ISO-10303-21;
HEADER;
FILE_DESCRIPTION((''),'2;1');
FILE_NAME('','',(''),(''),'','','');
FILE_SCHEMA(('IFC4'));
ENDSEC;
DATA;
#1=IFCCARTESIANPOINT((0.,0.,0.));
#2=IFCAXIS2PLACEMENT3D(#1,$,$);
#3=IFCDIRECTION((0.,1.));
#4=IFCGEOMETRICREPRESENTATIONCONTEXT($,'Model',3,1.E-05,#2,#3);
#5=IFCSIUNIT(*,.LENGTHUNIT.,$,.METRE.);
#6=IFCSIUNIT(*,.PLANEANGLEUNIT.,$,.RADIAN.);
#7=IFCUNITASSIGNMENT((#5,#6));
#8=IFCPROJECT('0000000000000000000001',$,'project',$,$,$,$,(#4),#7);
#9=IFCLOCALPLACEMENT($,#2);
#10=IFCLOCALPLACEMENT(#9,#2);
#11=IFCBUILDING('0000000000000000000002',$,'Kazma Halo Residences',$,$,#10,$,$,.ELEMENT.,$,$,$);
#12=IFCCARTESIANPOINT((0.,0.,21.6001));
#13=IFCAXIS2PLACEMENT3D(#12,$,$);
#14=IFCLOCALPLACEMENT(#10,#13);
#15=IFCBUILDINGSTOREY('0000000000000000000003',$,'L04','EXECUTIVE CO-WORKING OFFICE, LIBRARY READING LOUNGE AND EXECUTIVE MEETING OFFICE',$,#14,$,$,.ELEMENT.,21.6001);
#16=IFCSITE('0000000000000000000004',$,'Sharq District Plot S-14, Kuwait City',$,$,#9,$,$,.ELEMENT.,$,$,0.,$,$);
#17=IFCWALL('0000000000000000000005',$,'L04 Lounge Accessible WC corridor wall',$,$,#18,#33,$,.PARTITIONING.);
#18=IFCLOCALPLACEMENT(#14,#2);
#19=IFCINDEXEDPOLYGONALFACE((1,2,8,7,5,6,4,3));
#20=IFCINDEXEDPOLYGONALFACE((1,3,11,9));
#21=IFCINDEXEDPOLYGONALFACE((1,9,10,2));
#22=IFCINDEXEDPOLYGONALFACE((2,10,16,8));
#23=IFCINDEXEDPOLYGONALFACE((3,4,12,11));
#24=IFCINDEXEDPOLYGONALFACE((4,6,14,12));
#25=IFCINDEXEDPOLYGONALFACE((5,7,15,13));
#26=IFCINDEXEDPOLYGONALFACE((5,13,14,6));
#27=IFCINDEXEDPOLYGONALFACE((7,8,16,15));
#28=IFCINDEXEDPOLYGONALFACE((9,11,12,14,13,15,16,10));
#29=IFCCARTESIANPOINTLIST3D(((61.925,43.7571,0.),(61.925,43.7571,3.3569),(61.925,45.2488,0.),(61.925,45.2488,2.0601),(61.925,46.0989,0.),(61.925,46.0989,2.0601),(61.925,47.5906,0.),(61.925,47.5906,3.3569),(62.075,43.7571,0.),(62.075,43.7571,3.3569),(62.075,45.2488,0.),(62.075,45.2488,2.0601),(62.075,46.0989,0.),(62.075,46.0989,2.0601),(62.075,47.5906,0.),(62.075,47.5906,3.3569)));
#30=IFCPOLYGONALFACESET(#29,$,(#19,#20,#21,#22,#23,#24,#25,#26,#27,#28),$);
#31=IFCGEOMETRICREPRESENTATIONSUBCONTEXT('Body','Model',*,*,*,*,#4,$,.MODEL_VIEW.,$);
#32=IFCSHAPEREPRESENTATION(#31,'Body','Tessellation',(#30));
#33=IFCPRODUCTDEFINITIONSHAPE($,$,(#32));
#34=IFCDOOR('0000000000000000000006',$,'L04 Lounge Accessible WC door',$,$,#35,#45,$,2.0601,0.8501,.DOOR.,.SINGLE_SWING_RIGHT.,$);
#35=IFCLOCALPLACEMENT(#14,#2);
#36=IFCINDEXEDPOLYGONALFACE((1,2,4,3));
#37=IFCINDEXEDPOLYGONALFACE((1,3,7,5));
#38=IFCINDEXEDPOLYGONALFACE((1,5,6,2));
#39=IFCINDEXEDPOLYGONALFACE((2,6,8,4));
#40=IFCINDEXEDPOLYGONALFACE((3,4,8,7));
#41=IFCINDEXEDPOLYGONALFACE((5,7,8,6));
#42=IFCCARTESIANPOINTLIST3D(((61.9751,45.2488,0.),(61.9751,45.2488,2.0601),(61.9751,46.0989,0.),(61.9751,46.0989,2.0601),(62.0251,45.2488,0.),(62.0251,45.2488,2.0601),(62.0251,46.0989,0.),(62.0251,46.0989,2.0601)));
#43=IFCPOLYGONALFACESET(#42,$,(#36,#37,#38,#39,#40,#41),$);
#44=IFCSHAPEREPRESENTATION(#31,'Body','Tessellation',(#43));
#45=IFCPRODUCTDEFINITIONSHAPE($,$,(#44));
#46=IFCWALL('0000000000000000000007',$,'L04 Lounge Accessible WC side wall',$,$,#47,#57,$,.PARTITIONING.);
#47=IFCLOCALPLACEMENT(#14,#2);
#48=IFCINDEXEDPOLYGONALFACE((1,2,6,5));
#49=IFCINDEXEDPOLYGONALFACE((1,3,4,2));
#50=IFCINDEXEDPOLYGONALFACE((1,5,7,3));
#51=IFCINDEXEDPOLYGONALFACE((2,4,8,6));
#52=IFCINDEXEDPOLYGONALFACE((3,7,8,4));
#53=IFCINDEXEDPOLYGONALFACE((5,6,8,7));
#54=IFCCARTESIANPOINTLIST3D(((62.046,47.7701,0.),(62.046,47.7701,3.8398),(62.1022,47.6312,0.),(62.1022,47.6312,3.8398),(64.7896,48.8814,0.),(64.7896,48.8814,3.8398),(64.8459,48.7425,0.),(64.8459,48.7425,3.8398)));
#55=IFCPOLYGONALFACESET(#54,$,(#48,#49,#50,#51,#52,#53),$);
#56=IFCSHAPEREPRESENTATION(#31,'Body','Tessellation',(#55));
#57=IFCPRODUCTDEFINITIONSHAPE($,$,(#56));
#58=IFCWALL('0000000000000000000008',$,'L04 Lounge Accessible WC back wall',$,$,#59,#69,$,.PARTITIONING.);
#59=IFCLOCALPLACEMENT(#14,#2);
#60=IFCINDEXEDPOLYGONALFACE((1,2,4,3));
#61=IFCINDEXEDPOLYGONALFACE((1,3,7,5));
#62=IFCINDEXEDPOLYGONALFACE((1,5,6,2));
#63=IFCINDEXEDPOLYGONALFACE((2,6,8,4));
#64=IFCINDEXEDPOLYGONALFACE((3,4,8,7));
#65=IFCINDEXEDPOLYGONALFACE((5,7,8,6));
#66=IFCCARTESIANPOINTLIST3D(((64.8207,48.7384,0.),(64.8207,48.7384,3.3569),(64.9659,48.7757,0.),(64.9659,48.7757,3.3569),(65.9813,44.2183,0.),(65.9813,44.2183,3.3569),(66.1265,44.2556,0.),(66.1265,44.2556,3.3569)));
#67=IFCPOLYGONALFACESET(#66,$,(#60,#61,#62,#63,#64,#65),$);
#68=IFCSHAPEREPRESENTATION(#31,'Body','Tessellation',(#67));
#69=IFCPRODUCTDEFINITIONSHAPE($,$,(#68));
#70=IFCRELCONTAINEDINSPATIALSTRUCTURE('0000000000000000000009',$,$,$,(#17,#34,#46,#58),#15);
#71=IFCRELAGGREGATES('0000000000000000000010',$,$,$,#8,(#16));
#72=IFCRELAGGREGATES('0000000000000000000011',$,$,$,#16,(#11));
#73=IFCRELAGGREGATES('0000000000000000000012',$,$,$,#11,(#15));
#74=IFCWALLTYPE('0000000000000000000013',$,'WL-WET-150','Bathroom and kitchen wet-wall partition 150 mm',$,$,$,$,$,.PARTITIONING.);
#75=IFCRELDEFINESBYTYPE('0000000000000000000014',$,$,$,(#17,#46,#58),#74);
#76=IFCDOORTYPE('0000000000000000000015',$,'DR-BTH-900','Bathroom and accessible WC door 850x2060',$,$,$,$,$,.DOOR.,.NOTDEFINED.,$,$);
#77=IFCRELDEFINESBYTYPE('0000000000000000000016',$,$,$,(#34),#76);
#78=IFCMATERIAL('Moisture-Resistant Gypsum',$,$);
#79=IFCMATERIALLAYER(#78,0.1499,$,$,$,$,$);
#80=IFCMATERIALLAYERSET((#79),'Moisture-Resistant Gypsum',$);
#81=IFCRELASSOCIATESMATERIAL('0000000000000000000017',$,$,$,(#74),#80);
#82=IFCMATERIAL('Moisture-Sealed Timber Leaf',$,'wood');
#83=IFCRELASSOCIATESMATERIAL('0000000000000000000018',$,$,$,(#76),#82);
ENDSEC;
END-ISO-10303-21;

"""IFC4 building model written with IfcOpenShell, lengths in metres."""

from ifc_helpers import new_model, si_unit, direction, frame, frame_2d, origin, place, context, subcontext, project, spatial, rectangle, extrude, material, layer, layer_set, type_object, element, fill, save


model = new_model("IFC4")

# Units and contexts
model_context = context("Model", 3, precision=1e-05, world=origin(), true_north=direction((0.0, 1.0)))
body_context = subcontext(model_context, "Body", "Model", "MODEL_VIEW")
ifc_project = project(units=[si_unit("LENGTHUNIT", "METRE"), si_unit("PLANEANGLEUNIT", "RADIAN")], contexts=[model_context])

# Site, building, storey
site_placement = place(None, origin())
site = spatial("IfcSite", under=ifc_project, at=site_placement, Name="Sharq District Plot S-14, Kuwait City", CompositionType="ELEMENT", RefElevation=0.0)
building_placement = place(site_placement, origin())
building = spatial("IfcBuilding", under=site, at=building_placement, Name="Kazma Halo Residences", CompositionType="ELEMENT")
storey_placement = place(building_placement, frame((0.0, 0.0, 21.6001)))
storey = spatial("IfcBuildingStorey", under=building, at=storey_placement, Name="L04", Description="EXECUTIVE CO-WORKING OFFICE, LIBRARY READING LOUNGE AND EXECUTIVE MEETING OFFICE", CompositionType="ELEMENT", Elevation=21.6001)

# Shared definitions
ifc_material_1 = material(Name="Moisture-Resistant Gypsum")
ifc_layer_1 = layer(ifc_material_1, 0.1499)
ifc_layer_set_1 = layer_set([ifc_layer_1], Name="Moisture-Resistant Gypsum")
wall_type_1 = type_object("IfcWallType", Name="WL-WET-150", Description="Bathroom and kitchen wet-wall partition 150 mm", PredefinedType="PARTITIONING", material=ifc_layer_set_1)

# Wall, opening, door
wall_1_placement = place(storey_placement, frame((62.0, 43.7571, 0.0), z_axis=(0.0, 0.0, 1.0), x_axis=(0.0, 1.0, 0.0)))
wall_1 = element("IfcWall", 1, at=wall_1_placement, inside=storey, type_object=wall_type_1, Name="L04 Lounge Accessible WC corridor wall", PredefinedType="PARTITIONING", context=body_context, shape_type="SweptSolid", body=[
    extrude(rectangle(XDim=3.8335, YDim=0.1499, at=frame_2d((1.9167, 0.0))), origin(), (0.0, 0.0, 1.0), 3.3569),
])
opening_1_placement = place(wall_1_placement, frame((1.4917, 0.0, 0.0)))
opening_1 = element("IfcOpeningElement", 2, at=opening_1_placement, cuts=wall_1, PredefinedType="OPENING", context=body_context, shape_type="SweptSolid", body=[
    extrude(rectangle(XDim=0.8501, YDim=2.0601, at=frame_2d((0.425, 1.03))), frame((0.0, 0.085, 0.0), z_axis=(0.0, -1.0, 0.0), x_axis=(1.0, 0.0, 0.0)), (0.0, 0.0, 1.0), 0.1699),
])
ifc_material_2 = material(Name="Moisture-Sealed Timber Leaf", Category="wood")
door_type_1 = type_object("IfcDoorType", Name="DR-BTH-900", Description="Bathroom and accessible WC door 850x2060", OperationType="NOTDEFINED", PredefinedType="DOOR", material=ifc_material_2)
door_1_placement = place(opening_1_placement, origin())
door_1 = element("IfcDoor", 3, at=door_1_placement, inside=storey, type_object=door_type_1, Name="L04 Lounge Accessible WC door", OperationType="SINGLE_SWING_RIGHT", OverallHeight=2.0601, OverallWidth=0.8501, PredefinedType="DOOR", context=body_context, shape_type="SweptSolid", body=[
    extrude(rectangle(XDim=0.8501, YDim=2.0601, at=frame_2d((0.425, 1.03))), frame((0.0, 0.0249, 0.0), z_axis=(0.0, -1.0, 0.0), x_axis=(1.0, 0.0, 0.0)), (0.0, 0.0, 1.0), 0.05),
])
fill(opening_1, door_1)

# Walls
wall_2_placement = place(storey_placement, frame((62.0742, 47.7007, 0.0), z_axis=(0.0, 0.0, 1.0), x_axis=(0.926853, 0.375426, 0.0)))
element("IfcWall", 4, at=wall_2_placement, inside=storey, type_object=wall_type_1, Name="L04 Lounge Accessible WC side wall", PredefinedType="PARTITIONING", context=body_context, shape_type="SweptSolid", body=[
    extrude(rectangle(XDim=2.9602, YDim=0.1499, at=frame_2d((1.48, 0.0))), origin(), (0.0, 0.0, 1.0), 3.8398),
])
wall_3_placement = place(storey_placement, frame((66.054, 44.2368, 0.0), z_axis=(0.0, 0.0, 1.0), x_axis=(-0.24871, 0.968578, 0.0)))
element("IfcWall", 5, at=wall_3_placement, inside=storey, type_object=wall_type_1, Name="L04 Lounge Accessible WC back wall", PredefinedType="PARTITIONING", context=body_context, shape_type="SweptSolid", body=[
    extrude(rectangle(XDim=4.6667, YDim=0.1499, at=frame_2d((2.3335, 0.0))), origin(), (0.0, 0.0, 1.0), 3.3569),
])

save(model, "model.ifc")
